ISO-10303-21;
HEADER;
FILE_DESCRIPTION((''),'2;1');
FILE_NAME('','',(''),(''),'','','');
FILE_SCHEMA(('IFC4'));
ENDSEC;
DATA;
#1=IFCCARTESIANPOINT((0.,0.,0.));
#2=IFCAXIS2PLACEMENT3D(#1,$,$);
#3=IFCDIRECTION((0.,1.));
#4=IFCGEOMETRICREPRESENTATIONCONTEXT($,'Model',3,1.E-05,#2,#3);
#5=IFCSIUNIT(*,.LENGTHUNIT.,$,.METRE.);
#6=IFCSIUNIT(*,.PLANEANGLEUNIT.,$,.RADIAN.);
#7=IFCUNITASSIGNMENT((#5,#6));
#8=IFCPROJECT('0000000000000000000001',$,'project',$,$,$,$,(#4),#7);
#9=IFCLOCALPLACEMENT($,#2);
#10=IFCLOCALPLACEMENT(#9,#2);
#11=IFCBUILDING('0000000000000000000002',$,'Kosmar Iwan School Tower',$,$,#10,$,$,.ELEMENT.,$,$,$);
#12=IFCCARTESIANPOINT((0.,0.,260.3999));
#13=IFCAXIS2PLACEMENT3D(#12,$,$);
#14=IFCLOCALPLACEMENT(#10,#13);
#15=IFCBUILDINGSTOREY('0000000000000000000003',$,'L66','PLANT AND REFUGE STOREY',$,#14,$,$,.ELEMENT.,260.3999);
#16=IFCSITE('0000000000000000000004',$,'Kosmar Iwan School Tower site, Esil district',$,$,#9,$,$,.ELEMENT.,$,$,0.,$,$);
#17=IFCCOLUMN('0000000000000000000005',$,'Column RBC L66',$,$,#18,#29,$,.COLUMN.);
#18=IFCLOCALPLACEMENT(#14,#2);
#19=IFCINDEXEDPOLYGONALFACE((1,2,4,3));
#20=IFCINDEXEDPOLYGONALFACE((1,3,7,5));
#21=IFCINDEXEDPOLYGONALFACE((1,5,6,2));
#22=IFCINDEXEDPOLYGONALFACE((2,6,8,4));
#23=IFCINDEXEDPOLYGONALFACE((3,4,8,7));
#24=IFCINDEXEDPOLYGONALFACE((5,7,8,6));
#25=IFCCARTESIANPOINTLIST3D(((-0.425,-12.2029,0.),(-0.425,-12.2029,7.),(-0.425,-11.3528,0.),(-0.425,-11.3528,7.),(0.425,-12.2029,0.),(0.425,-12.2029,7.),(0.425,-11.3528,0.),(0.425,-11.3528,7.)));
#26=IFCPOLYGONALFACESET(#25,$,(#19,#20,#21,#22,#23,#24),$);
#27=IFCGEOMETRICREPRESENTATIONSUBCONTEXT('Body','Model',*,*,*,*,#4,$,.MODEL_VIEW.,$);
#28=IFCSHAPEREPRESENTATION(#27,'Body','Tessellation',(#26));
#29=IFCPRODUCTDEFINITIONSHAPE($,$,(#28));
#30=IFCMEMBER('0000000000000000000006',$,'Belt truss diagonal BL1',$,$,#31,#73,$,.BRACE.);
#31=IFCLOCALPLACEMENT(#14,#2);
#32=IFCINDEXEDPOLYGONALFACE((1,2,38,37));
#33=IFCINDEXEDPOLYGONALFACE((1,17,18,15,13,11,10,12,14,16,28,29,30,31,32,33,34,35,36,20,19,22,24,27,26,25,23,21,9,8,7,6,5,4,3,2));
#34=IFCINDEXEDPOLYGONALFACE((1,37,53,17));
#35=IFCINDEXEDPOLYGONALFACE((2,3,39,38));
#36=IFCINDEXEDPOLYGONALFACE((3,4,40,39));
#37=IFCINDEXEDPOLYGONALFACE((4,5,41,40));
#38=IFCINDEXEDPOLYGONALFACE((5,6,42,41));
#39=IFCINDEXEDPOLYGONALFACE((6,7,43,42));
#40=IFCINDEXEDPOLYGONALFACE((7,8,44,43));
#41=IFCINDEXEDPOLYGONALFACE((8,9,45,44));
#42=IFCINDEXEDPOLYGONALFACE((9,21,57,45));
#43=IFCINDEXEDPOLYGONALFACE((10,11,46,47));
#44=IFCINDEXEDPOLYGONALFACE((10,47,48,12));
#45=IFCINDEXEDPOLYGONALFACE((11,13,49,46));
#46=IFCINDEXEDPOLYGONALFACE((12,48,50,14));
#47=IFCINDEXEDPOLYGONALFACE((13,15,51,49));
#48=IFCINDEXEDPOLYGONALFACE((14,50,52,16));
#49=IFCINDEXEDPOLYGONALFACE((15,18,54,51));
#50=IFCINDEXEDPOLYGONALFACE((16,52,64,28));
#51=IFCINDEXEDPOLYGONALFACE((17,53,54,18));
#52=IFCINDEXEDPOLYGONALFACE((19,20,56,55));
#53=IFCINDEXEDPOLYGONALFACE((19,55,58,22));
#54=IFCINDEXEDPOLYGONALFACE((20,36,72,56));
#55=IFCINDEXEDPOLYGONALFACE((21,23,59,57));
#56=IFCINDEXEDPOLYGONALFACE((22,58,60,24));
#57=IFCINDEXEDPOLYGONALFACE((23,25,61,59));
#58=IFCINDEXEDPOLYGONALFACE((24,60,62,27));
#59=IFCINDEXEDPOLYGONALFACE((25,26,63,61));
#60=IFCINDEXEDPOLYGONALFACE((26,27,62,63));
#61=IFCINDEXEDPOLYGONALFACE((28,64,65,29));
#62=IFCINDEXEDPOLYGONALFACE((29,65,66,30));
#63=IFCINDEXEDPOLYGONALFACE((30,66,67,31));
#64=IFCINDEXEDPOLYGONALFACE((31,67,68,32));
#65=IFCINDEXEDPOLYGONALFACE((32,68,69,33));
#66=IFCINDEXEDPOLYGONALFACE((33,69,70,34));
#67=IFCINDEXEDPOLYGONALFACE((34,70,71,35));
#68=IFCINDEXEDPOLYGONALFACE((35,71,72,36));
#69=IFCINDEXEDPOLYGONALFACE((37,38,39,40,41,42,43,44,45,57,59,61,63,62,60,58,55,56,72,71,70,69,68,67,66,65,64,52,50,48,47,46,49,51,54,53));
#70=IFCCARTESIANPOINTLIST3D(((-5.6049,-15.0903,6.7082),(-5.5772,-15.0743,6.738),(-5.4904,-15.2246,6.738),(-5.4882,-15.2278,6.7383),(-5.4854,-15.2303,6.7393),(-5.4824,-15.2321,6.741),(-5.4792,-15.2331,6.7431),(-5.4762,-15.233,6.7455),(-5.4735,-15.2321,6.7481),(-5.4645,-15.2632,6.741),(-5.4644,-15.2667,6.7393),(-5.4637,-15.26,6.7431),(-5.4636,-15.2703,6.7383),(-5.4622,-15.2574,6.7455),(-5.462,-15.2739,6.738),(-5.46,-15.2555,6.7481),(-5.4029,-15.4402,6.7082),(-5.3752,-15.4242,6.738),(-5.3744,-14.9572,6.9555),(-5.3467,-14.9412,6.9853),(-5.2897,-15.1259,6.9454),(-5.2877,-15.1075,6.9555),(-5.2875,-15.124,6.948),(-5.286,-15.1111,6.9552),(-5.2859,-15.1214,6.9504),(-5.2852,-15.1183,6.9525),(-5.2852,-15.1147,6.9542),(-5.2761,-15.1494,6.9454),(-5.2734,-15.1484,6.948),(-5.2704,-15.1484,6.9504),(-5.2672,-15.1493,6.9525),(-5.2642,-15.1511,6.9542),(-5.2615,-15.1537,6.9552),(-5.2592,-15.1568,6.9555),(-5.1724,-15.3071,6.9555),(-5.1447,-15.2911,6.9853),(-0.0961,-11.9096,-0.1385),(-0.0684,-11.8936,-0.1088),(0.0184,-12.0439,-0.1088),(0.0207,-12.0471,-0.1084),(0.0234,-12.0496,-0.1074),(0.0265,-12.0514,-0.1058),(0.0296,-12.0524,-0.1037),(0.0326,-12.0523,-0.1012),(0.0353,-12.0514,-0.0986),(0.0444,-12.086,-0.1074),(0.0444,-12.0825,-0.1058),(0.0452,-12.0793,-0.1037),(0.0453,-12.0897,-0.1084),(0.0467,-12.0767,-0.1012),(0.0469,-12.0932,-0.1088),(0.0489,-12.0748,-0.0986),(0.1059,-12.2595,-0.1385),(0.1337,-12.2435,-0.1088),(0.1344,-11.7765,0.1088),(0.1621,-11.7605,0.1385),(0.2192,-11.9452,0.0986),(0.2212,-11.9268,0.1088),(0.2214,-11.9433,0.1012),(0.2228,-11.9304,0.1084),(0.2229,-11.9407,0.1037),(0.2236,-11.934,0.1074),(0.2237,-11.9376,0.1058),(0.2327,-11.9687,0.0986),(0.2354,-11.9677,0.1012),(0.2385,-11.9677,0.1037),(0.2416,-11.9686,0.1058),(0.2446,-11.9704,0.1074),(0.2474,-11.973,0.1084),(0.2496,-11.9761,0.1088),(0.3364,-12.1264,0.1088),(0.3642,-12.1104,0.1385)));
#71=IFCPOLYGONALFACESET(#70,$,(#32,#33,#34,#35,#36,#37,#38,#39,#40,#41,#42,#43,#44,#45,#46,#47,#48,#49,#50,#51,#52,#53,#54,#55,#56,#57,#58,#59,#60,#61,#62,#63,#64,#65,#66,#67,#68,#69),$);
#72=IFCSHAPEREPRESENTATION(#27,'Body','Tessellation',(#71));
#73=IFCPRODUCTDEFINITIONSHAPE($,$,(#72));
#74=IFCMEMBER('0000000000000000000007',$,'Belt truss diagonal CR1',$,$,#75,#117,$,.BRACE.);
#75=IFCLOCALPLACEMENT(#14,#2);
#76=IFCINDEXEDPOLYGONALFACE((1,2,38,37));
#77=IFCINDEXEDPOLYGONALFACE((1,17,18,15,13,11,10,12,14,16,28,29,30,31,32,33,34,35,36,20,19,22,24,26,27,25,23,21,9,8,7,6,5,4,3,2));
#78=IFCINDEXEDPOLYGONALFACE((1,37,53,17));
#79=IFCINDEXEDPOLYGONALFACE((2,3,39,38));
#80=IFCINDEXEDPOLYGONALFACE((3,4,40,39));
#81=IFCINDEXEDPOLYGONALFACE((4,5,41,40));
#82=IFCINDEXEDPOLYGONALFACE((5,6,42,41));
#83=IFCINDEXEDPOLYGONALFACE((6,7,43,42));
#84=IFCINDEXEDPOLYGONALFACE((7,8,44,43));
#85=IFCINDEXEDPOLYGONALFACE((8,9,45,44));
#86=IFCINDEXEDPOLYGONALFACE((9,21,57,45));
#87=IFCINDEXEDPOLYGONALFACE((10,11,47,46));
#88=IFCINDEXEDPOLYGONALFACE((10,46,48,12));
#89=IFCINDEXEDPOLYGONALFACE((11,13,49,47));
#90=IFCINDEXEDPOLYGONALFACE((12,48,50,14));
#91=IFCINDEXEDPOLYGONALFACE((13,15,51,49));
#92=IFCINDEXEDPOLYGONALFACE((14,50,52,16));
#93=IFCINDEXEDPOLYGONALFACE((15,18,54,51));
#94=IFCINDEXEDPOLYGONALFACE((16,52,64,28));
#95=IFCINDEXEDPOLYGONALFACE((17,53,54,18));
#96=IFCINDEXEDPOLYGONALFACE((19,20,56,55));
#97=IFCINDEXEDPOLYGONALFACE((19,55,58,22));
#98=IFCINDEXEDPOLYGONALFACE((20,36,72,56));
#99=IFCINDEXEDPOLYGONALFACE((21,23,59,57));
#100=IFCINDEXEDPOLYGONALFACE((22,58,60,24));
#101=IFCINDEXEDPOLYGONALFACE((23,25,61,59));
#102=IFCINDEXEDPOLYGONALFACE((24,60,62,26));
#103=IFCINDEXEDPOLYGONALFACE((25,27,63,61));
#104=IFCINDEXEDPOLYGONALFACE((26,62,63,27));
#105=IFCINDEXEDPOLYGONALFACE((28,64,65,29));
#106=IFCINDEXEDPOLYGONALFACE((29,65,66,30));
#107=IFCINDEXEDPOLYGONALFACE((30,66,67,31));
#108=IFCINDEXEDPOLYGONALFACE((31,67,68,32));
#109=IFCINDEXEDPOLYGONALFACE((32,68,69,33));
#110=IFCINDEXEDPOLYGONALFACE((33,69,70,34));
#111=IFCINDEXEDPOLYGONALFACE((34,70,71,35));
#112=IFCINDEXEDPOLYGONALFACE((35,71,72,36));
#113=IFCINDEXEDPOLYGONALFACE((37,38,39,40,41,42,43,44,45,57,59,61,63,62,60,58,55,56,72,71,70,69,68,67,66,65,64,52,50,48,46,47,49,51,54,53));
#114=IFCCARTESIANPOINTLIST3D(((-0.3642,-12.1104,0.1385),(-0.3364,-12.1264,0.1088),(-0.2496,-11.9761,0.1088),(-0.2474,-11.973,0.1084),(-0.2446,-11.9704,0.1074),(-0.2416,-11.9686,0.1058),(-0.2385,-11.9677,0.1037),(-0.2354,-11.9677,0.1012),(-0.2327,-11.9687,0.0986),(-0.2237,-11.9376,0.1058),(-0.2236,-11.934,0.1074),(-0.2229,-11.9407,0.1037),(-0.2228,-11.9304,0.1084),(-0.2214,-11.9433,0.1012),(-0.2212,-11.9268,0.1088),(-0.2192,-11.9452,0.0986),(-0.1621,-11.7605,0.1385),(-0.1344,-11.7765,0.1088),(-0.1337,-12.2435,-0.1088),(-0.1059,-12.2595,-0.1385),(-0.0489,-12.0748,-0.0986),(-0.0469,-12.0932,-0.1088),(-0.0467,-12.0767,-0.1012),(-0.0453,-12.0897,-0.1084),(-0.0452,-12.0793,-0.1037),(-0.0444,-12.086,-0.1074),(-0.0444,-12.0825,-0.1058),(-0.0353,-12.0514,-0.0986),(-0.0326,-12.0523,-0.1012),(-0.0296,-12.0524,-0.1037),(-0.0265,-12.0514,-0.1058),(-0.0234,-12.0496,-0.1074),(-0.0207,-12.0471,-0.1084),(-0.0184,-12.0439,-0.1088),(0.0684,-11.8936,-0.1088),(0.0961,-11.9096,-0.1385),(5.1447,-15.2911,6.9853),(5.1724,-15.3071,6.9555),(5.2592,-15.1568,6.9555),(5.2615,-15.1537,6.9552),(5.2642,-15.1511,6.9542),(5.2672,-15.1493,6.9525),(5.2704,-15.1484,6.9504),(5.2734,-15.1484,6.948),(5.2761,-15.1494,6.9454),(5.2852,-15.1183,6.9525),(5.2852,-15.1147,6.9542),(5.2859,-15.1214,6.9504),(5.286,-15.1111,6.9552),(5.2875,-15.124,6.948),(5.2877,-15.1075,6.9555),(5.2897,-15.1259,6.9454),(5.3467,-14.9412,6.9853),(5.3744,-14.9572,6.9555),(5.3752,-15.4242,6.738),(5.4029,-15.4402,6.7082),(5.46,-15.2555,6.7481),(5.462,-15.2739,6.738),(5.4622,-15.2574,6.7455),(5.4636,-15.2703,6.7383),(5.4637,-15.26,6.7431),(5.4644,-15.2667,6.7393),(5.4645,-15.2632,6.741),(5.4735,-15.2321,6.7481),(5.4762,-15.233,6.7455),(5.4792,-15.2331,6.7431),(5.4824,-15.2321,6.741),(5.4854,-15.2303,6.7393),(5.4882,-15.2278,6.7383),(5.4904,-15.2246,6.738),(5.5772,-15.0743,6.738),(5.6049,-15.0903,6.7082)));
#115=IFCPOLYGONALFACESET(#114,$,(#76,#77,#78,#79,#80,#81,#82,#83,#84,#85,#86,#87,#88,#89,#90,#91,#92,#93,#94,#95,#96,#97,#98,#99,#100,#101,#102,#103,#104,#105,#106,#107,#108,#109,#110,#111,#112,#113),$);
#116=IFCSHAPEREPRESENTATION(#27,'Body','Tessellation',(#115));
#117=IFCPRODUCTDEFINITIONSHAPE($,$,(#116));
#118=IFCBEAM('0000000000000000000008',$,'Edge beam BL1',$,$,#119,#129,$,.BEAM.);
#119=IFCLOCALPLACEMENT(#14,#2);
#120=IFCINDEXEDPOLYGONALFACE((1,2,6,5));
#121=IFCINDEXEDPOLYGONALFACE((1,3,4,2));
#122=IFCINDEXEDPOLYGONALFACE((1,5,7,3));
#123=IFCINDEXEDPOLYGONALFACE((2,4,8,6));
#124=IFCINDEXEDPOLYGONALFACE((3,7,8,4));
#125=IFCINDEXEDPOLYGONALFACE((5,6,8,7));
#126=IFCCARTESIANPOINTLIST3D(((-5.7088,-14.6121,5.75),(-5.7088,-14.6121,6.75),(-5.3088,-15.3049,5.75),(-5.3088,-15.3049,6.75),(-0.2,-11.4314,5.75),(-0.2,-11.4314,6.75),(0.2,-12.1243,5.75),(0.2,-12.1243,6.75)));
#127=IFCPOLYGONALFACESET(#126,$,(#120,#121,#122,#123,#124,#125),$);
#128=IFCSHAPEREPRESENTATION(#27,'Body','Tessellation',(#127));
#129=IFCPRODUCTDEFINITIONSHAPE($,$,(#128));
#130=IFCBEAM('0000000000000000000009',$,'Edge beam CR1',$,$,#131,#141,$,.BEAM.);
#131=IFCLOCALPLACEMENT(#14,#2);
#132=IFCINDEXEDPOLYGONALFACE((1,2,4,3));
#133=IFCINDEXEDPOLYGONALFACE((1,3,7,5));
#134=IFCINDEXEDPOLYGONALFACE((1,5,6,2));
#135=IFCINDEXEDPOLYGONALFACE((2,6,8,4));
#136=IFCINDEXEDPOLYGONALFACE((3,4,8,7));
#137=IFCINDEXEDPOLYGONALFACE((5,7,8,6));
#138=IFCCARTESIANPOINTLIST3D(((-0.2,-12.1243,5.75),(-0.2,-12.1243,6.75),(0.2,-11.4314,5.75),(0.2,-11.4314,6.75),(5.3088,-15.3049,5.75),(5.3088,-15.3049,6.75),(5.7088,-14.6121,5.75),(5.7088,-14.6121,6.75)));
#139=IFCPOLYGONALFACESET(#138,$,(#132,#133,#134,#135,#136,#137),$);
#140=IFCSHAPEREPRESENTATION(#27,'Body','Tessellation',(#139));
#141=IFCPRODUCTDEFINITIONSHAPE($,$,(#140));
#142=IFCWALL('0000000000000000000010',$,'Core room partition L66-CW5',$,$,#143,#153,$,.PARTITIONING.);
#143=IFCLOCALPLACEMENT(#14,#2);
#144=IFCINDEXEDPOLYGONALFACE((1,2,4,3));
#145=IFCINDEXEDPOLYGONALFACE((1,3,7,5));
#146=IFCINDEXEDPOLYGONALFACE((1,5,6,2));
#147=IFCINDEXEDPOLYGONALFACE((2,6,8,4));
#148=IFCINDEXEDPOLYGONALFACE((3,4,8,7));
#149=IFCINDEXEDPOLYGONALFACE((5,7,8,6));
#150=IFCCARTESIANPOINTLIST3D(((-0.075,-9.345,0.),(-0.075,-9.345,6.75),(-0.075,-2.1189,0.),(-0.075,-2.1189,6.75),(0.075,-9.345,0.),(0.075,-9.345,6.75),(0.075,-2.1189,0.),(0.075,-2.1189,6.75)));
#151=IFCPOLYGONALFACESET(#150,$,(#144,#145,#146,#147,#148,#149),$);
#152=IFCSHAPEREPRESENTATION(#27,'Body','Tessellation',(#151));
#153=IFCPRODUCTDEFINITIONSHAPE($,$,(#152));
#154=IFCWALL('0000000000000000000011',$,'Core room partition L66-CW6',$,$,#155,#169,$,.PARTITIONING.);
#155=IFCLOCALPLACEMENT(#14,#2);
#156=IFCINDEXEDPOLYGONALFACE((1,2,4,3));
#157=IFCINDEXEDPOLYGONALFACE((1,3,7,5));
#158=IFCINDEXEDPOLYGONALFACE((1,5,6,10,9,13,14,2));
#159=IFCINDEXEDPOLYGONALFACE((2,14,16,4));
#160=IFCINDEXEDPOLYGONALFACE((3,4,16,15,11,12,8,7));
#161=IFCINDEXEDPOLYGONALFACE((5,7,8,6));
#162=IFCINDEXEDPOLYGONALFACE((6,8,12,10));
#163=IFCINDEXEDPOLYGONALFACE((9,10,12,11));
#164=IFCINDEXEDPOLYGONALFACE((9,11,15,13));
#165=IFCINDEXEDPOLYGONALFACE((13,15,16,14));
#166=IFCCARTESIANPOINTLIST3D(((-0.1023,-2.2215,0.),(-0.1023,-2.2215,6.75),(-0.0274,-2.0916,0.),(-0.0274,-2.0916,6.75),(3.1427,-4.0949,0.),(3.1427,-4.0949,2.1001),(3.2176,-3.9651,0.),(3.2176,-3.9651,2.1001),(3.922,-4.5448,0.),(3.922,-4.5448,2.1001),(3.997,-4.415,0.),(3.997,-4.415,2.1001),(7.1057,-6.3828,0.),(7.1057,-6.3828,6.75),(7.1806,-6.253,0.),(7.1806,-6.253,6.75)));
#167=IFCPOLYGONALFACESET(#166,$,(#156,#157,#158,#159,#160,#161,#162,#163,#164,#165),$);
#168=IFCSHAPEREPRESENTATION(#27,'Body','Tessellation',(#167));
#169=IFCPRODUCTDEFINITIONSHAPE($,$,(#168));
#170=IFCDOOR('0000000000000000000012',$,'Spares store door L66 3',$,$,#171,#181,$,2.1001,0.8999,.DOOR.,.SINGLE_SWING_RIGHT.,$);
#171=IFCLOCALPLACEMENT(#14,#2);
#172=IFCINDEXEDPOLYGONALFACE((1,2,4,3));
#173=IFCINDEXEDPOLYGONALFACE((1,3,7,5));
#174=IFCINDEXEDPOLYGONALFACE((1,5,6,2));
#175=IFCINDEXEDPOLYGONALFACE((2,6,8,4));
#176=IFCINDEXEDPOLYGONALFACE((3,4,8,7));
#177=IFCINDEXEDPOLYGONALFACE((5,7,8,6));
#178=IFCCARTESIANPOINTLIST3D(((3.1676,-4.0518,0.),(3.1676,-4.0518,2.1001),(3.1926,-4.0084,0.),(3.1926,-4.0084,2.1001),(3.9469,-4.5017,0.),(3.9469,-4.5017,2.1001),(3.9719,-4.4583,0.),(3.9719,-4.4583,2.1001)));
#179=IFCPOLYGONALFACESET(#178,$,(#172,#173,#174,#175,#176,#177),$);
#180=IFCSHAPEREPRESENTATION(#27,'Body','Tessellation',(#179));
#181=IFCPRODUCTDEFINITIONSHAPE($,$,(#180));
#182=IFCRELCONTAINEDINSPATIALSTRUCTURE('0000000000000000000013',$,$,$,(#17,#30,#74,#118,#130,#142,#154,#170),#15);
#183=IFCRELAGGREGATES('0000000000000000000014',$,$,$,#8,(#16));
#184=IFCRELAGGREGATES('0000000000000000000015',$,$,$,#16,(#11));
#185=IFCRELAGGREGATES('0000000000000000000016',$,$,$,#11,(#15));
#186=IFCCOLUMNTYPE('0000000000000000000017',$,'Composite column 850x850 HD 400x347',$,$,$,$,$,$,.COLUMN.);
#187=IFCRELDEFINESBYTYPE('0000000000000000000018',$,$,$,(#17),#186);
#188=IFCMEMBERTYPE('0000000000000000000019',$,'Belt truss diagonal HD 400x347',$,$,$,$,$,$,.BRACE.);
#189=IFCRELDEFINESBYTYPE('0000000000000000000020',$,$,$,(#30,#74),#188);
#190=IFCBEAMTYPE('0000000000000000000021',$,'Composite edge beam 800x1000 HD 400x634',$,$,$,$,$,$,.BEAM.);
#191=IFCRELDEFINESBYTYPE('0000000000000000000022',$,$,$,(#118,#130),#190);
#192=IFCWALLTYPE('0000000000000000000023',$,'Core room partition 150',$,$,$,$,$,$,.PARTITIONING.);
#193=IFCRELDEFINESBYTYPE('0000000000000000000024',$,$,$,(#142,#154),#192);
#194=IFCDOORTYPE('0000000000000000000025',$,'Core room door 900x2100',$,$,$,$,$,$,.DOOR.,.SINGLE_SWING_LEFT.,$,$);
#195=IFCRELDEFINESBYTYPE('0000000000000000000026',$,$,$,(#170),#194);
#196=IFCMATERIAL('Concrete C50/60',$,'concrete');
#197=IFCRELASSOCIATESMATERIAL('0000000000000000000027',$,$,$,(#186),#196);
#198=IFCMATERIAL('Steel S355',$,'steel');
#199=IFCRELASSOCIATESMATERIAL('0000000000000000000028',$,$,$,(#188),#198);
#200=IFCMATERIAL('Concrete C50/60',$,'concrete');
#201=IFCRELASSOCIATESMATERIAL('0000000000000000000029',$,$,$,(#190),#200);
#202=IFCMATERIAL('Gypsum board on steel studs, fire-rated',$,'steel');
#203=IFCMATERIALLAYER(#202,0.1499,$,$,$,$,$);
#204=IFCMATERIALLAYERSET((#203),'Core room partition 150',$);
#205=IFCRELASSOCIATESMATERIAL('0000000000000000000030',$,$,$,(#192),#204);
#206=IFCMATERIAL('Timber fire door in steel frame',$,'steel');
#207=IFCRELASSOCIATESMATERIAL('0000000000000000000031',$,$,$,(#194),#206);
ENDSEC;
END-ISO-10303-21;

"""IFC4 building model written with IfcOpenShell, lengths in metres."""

from ifc_helpers import new_model, si_unit, direction, frame, frame_2d, origin, origin_2d, place, context, subcontext, project, spatial, rectangle, i_section, extrude, material, layer, layer_set, material_profile, profile_set, type_object, element, fill, save


model = new_model("IFC4")

# Units and contexts
model_context = context("Model", 3, precision=1e-05, world=origin(), true_north=direction((0.0, 1.0)))
body_context = subcontext(model_context, "Body", "Model", "MODEL_VIEW")
ifc_project = project(units=[si_unit("LENGTHUNIT", "METRE"), si_unit("PLANEANGLEUNIT", "RADIAN")], contexts=[model_context])

# Site, building, storey
site_placement = place(None, origin())
site = spatial("IfcSite", under=ifc_project, at=site_placement, Name="Kosmar Iwan School Tower site, Esil district", CompositionType="ELEMENT", RefElevation=0.0)
building_placement = place(site_placement, origin())
building = spatial("IfcBuilding", under=site, at=building_placement, Name="Kosmar Iwan School Tower", CompositionType="ELEMENT")
storey_placement = place(building_placement, frame((0.0, 0.0, 260.3999)))
storey = spatial("IfcBuildingStorey", under=building, at=storey_placement, Name="L66", Description="PLANT AND REFUGE STOREY", CompositionType="ELEMENT", Elevation=260.3999)

# Column
ifc_material_1 = material(Name="Concrete C50/60", Category="concrete")
ifc_material_profile_1 = material_profile(ifc_material_1, rectangle(XDim=0.8501, YDim=0.8501, at=origin_2d()), Name="RC 850x850 + HD 400x347")
ifc_profile_set_1 = profile_set([ifc_material_profile_1], Name="Concrete C50/60")
column_type = type_object("IfcColumnType", Name="Composite column 850x850 HD 400x347", PredefinedType="COLUMN", material=ifc_profile_set_1)
column_placement = place(storey_placement, frame((0.0, -11.7778, 0.0), z_axis=(0.0, 0.0, 1.0), x_axis=(1.0, 0.0, 0.0)))
element("IfcColumn", 1, at=column_placement, inside=storey, type_object=column_type, Name="Column RBC L66", PredefinedType="COLUMN", context=body_context, shape_type="SweptSolid", body=[
    extrude(rectangle(XDim=0.8501, YDim=0.8501, at=origin_2d()), origin(), (0.0, 0.0, 1.0), 7.0),
])

# Members
ifc_material_2 = material(Name="Steel S355", Category="steel")
ifc_material_profile_2 = material_profile(ifc_material_2, i_section(OverallWidth=0.4041, OverallDepth=0.407, WebThickness=0.0271, FlangeThickness=0.0437, FilletRadius=0.0149, at=origin_2d()), Name="HD 400x347")
ifc_profile_set_2 = profile_set([ifc_material_profile_2], Name="Steel S355")
member_type = type_object("IfcMemberType", Name="Belt truss diagonal HD 400x347", PredefinedType="BRACE", material=ifc_profile_set_2)
for number, where, z_axis, x_axis, name in (
    (2, (0.134, -12.01, 0.0), (-0.589452, -0.340338, 0.732609), (0.500019, -0.866014, 0.0), "Belt truss diagonal BL1"),
    (3, (-0.134, -12.01, 0.0), (0.589452, -0.340338, 0.732609), (0.500019, 0.866014, 0.0), "Belt truss diagonal CR1"),
):
    element("IfcMember", number, at=place(storey_placement, frame(where, z_axis=z_axis, x_axis=x_axis)), inside=storey, type_object=member_type, Name=name, PredefinedType="BRACE", context=body_context, shape_type="SweptSolid", body=[
        extrude(i_section(OverallWidth=0.4041, OverallDepth=0.407, WebThickness=0.0271, FlangeThickness=0.0437, FilletRadius=0.0149, at=origin_2d()), origin(), (0.0, 0.0, 1.0), 9.3457),
    ])

# Beams
ifc_material_3 = material(Name="Concrete C50/60", Category="concrete")
ifc_material_profile_3 = material_profile(ifc_material_3, rectangle(XDim=0.8, YDim=1.0, at=origin_2d()), Name="RC 800x1000 + HD 400x634")
ifc_profile_set_3 = profile_set([ifc_material_profile_3], Name="Concrete C50/60")
beam_type = type_object("IfcBeamType", Name="Composite edge beam 800x1000 HD 400x634", PredefinedType="BEAM", material=ifc_profile_set_3)
for number, where, z_axis, x_axis, name in (
    (4, (0.0, -11.7778, 6.25), (-0.866014, -0.500019, 0.0), (0.500019, -0.866014, 0.0), "Edge beam BL1"),
    (5, (0.0, -11.7778, 6.25), (0.866014, -0.500019, 0.0), (0.500019, 0.866014, 0.0), "Edge beam CR1"),
):
    element("IfcBeam", number, at=place(storey_placement, frame(where, z_axis=z_axis, x_axis=x_axis)), inside=storey, type_object=beam_type, Name=name, PredefinedType="BEAM", context=body_context, shape_type="SweptSolid", body=[
        extrude(rectangle(XDim=0.8, YDim=1.0, at=origin_2d()), origin(), (0.0, 0.0, 1.0), 6.3611),
    ])

# Wall
ifc_material_4 = material(Name="Gypsum board on steel studs, fire-rated", Category="steel")
ifc_layer_1 = layer(ifc_material_4, 0.1499)
ifc_layer_set_1 = layer_set([ifc_layer_1], Name="Core room partition 150")
wall_type_1 = type_object("IfcWallType", Name="Core room partition 150", PredefinedType="PARTITIONING", material=ifc_layer_set_1)
wall_1_placement = place(storey_placement, frame((0.0, -9.345, 0.0), z_axis=(0.0, 0.0, 1.0), x_axis=(0.0, 1.0, 0.0)))
element("IfcWall", 6, at=wall_1_placement, inside=storey, type_object=wall_type_1, Name="Core room partition L66-CW5", PredefinedType="PARTITIONING", context=body_context, shape_type="SweptSolid", body=[
    extrude(rectangle(XDim=7.2261, YDim=0.1499, at=frame_2d((3.613, 0.0))), origin(), (0.0, 0.0, 1.0), 6.75),
])

# Wall, opening, door
wall_2_placement = place(storey_placement, frame((-0.0649, -2.1565, 0.0), z_axis=(0.0, 0.0, 1.0), x_axis=(0.866034, -0.499985, 0.0)))
wall_2 = element("IfcWall", 7, at=wall_2_placement, inside=storey, type_object=wall_type_1, Name="Core room partition L66-CW6", PredefinedType="PARTITIONING", context=body_context, shape_type="SweptSolid", body=[
    extrude(rectangle(XDim=8.323, YDim=0.1499, at=frame_2d((4.1616, 0.0))), origin(), (0.0, 0.0, 1.0), 6.75),
])
opening_1_placement = place(wall_2_placement, frame((3.7471, 0.0, 0.0)))
opening_1 = element("IfcOpeningElement", 8, at=opening_1_placement, cuts=wall_2, PredefinedType="OPENING", context=body_context, shape_type="SweptSolid", body=[
    extrude(rectangle(XDim=0.8999, YDim=2.1001, at=frame_2d((0.45, 1.05))), frame((0.0, 0.0869, 0.0), z_axis=(0.0, -1.0, 0.0), x_axis=(1.0, 0.0, 0.0)), (0.0, 0.0, 1.0), 0.1738),
])
ifc_material_5 = material(Name="Timber fire door in steel frame", Category="steel")
door_type = type_object("IfcDoorType", Name="Core room door 900x2100", OperationType="SINGLE_SWING_LEFT", PredefinedType="DOOR", material=ifc_material_5)
door_1_placement = place(opening_1_placement, origin())
door_1 = element("IfcDoor", 9, at=door_1_placement, inside=storey, type_object=door_type, Name="Spares store door L66 3", OperationType="SINGLE_SWING_RIGHT", OverallHeight=2.1001, OverallWidth=0.8999, PredefinedType="DOOR", context=body_context, shape_type="SweptSolid", body=[
    extrude(rectangle(XDim=0.8999, YDim=2.1001, at=frame_2d((0.45, 1.05))), frame((0.0, 0.0249, 0.0), z_axis=(0.0, -1.0, 0.0), x_axis=(1.0, 0.0, 0.0)), (0.0, 0.0, 1.0), 0.05),
])
fill(opening_1, door_1)

save(model, "model.ifc")
